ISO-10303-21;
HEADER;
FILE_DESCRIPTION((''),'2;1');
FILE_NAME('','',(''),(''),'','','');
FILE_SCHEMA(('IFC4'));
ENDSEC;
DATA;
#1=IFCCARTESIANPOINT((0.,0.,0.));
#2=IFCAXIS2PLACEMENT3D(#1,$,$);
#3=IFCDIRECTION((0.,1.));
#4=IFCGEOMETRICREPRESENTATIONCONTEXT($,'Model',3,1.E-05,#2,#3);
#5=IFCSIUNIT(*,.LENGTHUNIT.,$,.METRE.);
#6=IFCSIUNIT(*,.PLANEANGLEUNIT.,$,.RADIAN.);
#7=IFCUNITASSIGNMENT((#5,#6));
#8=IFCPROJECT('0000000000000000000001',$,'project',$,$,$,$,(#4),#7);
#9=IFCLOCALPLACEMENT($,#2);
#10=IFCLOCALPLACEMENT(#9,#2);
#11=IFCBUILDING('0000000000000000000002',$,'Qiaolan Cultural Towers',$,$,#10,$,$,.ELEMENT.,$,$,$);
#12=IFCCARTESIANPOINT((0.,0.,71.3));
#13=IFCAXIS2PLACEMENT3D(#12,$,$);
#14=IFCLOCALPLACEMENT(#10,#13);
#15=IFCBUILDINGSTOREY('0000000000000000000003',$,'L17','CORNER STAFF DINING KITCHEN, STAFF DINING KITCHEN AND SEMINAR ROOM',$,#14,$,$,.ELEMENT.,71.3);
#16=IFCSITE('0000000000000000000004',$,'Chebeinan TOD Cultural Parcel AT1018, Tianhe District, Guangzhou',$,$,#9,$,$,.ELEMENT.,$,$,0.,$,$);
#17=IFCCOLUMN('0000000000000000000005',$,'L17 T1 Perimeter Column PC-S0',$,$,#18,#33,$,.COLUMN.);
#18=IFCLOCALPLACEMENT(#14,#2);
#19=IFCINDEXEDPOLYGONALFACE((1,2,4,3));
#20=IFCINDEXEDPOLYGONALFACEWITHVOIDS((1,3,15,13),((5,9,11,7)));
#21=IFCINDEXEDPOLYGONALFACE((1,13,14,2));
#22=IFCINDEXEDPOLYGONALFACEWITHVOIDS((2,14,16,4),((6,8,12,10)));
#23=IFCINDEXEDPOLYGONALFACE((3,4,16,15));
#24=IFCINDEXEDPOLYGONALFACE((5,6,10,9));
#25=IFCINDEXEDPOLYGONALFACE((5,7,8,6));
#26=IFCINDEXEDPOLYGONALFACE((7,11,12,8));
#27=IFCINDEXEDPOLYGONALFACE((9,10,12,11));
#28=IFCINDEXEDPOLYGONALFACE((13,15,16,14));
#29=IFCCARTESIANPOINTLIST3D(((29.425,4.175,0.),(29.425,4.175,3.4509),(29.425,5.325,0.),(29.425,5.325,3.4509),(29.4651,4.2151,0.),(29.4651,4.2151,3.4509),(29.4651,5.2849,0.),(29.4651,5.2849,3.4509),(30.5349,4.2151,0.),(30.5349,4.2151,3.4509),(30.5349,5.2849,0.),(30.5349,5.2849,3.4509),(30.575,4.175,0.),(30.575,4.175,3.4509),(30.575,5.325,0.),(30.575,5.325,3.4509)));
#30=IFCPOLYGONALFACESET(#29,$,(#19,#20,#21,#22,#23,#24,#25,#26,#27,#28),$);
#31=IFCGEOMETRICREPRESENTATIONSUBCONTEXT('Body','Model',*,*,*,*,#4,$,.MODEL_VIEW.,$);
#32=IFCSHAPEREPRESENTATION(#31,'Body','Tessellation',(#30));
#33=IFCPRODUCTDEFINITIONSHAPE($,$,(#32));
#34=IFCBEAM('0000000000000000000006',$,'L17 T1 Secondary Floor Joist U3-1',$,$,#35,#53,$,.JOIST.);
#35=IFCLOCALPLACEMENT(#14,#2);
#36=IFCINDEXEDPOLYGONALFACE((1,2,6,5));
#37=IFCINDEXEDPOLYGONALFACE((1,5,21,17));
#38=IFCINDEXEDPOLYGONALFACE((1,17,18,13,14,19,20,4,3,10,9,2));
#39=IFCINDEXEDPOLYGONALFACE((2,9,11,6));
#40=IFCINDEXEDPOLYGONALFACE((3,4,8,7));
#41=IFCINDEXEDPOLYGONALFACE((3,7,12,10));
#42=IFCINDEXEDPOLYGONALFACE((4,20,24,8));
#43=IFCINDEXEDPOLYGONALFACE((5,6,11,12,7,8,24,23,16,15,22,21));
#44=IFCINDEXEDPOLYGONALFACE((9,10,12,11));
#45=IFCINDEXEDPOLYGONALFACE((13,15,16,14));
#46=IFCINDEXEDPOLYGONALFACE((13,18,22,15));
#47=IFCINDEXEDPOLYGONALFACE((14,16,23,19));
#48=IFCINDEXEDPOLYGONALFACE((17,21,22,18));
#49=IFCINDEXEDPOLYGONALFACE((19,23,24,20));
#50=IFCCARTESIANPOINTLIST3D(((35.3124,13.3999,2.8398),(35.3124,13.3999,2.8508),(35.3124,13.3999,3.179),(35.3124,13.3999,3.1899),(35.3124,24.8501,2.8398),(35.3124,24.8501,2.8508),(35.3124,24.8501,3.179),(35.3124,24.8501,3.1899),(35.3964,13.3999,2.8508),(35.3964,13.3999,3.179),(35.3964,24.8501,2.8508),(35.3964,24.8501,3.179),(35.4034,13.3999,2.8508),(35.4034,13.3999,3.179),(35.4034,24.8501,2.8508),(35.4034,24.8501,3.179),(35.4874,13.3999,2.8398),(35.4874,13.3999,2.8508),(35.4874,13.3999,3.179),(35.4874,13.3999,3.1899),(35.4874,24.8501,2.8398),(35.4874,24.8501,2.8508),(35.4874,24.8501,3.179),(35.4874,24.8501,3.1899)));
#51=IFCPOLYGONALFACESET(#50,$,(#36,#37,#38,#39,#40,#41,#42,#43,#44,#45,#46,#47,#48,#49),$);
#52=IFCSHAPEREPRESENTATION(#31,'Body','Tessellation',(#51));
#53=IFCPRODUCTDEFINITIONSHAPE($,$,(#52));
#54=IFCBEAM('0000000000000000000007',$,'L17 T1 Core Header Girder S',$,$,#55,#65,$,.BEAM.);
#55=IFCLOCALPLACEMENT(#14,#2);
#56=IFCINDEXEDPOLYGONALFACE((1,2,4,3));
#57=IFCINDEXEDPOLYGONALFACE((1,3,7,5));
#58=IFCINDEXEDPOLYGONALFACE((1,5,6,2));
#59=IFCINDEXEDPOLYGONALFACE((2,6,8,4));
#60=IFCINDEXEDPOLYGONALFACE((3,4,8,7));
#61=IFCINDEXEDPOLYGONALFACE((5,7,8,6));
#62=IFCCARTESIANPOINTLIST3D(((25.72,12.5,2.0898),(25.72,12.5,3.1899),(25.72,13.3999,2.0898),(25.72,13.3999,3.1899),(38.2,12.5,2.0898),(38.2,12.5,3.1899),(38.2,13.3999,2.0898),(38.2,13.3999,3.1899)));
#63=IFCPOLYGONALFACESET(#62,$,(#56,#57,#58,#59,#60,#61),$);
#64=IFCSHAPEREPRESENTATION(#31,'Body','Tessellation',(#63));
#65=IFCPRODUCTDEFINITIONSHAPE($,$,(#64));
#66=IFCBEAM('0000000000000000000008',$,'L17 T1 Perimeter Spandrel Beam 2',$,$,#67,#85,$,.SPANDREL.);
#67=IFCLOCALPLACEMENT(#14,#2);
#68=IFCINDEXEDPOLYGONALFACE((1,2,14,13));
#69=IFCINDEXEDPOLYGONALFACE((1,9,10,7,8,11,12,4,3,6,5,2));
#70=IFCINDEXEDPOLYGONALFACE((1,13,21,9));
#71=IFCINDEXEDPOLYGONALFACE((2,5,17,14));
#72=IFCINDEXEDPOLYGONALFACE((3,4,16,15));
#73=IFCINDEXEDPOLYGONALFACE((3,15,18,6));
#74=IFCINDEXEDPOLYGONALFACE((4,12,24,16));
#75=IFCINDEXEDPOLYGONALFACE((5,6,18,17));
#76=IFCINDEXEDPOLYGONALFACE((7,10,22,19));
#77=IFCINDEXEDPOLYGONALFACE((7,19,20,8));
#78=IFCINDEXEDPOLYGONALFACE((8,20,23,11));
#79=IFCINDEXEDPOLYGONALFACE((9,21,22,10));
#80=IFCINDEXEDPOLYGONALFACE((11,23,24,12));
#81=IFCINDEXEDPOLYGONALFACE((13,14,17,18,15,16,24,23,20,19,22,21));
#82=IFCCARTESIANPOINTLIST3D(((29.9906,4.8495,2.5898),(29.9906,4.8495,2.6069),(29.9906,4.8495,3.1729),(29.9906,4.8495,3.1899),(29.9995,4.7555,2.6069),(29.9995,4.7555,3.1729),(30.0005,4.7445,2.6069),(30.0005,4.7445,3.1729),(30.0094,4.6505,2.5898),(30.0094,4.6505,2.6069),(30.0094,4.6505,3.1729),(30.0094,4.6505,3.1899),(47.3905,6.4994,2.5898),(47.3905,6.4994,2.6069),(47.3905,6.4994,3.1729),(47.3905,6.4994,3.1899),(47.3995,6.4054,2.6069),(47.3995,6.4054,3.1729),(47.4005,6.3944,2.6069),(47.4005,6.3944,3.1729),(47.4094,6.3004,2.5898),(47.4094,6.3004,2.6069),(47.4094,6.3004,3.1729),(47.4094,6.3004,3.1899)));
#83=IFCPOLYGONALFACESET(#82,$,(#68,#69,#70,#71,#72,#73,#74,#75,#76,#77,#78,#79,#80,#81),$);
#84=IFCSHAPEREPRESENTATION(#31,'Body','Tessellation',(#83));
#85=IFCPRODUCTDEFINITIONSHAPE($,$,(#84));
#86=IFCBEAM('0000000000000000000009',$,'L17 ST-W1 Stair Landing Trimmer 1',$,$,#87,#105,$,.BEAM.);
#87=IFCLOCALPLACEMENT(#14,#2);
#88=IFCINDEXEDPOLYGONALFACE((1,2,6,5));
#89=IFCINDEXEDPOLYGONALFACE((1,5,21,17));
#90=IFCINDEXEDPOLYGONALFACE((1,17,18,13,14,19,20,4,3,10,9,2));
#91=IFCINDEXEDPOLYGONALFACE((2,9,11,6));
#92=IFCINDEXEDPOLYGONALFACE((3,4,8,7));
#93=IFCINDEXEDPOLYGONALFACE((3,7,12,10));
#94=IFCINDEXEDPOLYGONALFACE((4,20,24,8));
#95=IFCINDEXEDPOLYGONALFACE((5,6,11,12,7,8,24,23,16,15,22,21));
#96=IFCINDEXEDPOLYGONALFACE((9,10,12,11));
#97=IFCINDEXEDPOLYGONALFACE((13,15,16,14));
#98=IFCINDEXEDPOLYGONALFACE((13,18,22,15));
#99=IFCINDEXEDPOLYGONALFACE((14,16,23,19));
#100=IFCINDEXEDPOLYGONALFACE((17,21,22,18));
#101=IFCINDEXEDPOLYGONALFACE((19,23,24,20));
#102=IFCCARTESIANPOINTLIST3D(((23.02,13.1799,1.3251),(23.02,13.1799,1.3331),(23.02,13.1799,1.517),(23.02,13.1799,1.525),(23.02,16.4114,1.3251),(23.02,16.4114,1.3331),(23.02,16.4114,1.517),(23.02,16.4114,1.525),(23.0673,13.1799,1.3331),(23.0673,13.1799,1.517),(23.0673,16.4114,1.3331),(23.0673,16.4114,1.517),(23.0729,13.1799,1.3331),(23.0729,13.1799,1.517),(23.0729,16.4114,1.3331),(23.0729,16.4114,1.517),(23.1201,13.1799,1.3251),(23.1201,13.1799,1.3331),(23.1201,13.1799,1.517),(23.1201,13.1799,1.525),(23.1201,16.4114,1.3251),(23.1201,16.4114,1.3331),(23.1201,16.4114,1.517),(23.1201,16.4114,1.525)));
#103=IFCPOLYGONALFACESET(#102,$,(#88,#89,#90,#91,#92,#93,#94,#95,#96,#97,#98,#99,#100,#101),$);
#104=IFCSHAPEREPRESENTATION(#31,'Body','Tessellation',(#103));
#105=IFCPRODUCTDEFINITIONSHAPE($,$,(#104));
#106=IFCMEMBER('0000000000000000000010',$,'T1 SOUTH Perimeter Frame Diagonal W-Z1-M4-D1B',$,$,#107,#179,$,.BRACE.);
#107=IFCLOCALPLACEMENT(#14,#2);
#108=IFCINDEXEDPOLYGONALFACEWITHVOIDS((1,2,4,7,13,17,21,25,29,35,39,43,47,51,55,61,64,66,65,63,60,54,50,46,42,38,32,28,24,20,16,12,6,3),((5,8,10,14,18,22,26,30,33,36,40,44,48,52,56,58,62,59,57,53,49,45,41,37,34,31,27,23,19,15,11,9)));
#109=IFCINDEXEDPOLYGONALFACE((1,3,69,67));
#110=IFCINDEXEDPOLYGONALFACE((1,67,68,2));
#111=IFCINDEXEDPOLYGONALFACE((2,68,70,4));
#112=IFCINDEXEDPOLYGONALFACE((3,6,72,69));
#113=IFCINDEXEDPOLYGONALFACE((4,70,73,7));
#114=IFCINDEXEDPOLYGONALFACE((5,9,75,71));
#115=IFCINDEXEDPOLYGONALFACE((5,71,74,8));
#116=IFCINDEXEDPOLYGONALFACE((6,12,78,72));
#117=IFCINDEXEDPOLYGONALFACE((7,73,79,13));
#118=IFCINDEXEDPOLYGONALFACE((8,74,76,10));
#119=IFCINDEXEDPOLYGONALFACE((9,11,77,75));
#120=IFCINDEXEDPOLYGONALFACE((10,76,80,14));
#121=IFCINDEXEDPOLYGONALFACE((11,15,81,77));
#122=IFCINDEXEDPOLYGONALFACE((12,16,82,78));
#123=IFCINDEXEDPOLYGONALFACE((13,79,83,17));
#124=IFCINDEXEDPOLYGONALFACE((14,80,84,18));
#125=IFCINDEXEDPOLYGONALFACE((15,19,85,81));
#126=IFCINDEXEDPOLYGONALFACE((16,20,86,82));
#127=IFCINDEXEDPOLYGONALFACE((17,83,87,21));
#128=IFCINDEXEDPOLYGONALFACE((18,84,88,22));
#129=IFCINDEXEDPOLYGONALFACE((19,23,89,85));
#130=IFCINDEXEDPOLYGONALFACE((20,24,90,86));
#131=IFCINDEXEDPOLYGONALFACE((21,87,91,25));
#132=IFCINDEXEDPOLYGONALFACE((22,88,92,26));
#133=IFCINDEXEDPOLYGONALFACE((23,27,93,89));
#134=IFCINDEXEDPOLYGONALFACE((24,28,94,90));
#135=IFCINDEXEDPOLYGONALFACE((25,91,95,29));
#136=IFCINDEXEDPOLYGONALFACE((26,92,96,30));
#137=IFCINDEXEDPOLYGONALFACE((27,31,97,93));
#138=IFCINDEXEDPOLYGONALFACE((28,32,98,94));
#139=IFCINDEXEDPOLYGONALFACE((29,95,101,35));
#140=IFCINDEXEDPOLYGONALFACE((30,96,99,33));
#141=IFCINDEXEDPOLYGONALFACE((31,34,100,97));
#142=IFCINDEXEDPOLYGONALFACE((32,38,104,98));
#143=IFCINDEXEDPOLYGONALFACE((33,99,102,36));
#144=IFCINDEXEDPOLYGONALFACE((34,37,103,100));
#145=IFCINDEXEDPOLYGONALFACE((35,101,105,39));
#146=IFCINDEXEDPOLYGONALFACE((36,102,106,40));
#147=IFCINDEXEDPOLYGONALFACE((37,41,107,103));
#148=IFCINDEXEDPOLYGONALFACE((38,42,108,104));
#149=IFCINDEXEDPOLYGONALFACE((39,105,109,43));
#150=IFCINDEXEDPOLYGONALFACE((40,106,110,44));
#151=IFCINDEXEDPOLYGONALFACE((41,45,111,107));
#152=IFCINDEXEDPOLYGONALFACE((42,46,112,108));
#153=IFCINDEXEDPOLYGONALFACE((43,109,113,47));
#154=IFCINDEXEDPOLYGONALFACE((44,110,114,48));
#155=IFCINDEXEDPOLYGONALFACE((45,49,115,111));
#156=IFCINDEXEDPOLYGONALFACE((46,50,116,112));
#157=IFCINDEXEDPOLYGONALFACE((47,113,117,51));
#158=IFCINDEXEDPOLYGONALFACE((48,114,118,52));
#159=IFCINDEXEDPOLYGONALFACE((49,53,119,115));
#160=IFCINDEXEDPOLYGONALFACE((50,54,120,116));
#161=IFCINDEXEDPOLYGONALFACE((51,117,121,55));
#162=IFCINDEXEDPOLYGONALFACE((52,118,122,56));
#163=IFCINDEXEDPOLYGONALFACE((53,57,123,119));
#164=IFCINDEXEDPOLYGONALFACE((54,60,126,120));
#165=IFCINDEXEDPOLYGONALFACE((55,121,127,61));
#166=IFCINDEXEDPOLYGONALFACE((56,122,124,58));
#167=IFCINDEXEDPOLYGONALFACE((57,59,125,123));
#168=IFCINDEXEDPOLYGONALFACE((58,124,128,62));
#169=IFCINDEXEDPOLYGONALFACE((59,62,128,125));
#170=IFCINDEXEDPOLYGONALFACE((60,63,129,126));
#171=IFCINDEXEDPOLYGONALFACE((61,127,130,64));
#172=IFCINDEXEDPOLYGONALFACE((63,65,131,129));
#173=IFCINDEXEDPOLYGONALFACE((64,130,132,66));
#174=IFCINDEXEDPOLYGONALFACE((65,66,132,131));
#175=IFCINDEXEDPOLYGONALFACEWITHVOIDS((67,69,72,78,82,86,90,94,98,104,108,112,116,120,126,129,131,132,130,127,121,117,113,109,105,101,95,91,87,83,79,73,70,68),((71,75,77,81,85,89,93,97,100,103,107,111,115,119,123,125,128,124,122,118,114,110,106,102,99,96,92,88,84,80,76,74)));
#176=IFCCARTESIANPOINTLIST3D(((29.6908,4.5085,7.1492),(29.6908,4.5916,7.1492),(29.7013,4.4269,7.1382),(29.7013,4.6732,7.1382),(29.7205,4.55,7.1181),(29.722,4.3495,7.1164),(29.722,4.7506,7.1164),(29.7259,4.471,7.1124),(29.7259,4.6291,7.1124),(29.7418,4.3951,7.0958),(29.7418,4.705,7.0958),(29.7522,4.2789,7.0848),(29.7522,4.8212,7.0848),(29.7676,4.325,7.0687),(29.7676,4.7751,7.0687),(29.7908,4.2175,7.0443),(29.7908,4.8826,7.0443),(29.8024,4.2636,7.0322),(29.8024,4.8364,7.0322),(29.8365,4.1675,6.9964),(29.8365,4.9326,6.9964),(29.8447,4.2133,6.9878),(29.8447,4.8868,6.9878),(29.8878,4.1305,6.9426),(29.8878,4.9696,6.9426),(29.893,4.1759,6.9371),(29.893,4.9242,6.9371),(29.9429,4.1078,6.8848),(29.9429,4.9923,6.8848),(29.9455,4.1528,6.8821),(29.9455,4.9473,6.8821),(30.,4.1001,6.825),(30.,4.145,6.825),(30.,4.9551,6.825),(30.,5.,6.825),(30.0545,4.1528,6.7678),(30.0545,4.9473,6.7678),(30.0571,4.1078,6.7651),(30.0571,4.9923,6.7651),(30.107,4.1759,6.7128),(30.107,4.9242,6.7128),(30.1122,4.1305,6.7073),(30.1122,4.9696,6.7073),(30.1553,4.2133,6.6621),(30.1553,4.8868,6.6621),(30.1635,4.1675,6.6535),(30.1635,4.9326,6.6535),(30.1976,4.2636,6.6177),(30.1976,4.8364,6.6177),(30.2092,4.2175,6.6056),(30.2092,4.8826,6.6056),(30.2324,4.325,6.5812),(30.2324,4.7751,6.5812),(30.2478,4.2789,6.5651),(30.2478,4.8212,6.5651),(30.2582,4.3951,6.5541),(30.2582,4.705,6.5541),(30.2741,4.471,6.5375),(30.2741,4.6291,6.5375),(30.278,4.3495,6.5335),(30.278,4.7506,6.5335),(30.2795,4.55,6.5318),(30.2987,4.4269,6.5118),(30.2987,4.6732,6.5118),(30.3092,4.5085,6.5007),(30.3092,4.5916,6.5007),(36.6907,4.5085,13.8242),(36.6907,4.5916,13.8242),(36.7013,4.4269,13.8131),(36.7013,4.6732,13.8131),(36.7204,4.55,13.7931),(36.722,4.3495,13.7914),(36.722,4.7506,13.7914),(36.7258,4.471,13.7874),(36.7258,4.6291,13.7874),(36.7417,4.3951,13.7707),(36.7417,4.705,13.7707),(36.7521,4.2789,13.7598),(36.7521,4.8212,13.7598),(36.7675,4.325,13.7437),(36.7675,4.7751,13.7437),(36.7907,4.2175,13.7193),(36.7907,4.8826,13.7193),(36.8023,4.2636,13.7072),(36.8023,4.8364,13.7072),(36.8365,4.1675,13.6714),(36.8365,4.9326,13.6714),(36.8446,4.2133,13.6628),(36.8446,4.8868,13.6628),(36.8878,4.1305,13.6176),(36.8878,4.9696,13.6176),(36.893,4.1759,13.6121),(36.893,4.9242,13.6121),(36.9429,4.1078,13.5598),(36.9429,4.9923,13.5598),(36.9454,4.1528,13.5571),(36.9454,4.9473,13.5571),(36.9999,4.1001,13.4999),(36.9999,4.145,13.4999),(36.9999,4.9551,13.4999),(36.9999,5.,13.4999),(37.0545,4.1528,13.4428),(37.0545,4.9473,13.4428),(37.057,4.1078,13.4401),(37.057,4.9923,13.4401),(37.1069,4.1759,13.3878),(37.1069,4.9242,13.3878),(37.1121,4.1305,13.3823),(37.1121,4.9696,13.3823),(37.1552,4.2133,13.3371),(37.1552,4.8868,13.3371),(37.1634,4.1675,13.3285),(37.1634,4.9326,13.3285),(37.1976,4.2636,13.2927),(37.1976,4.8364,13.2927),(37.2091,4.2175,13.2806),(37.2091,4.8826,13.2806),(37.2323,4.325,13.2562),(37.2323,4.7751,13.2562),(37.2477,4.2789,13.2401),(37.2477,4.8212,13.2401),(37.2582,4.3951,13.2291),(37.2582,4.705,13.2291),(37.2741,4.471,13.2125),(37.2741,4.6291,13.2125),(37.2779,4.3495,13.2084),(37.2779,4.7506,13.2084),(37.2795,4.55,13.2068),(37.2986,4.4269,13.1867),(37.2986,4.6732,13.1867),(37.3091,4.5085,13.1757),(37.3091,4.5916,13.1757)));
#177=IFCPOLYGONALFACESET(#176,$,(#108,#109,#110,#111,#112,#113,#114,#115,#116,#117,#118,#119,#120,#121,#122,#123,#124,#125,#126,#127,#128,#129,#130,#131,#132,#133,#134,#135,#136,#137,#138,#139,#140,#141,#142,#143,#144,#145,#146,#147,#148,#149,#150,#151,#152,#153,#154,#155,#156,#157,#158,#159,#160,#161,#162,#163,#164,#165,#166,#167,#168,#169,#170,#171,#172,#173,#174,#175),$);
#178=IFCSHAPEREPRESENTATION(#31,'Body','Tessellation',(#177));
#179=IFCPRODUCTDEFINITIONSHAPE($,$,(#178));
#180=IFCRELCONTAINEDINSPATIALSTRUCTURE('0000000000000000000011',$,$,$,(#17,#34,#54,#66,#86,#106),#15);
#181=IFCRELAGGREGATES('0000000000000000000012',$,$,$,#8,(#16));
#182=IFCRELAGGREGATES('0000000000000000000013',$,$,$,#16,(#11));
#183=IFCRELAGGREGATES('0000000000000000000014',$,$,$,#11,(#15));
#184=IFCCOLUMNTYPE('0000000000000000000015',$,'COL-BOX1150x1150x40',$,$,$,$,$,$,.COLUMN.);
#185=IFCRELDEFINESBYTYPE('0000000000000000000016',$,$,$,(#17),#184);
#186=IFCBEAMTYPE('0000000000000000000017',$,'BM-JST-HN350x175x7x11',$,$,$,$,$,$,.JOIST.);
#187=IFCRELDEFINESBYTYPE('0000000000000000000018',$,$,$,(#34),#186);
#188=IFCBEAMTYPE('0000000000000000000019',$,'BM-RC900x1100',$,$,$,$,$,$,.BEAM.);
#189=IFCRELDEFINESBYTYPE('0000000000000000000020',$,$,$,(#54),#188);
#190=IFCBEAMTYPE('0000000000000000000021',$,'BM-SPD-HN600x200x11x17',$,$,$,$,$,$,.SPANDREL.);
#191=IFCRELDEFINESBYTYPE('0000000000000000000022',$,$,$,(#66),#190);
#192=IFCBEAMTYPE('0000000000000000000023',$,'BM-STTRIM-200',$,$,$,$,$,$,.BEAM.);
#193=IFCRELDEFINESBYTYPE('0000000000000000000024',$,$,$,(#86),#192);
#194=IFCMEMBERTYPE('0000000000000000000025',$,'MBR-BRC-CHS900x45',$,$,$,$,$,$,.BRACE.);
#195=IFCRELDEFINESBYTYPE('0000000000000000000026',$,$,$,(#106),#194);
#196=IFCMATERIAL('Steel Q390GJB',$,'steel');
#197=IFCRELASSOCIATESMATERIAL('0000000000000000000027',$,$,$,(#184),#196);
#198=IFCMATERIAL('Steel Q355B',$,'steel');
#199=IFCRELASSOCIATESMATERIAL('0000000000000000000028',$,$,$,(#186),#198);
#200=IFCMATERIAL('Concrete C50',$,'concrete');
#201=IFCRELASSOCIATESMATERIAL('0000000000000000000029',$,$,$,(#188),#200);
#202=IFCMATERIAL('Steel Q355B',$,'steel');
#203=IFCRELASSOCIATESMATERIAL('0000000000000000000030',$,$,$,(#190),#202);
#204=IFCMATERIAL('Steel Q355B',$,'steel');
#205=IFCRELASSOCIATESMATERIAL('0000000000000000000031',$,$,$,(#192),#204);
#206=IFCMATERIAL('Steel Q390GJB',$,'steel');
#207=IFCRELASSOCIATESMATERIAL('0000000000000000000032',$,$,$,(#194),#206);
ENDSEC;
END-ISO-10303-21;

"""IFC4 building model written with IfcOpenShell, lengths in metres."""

from ifc_helpers import new_model, si_unit, direction, frame, origin, origin_2d, place, context, subcontext, project, spatial, rectangle, hollow_rectangle, hollow_circle, i_section, extrude, material, material_profile, profile_set, type_object, element, save


model = new_model("IFC4")

# Units and contexts
model_context = context("Model", 3, precision=1e-05, world=origin(), true_north=direction((0.0, 1.0)))
body_context = subcontext(model_context, "Body", "Model", "MODEL_VIEW")
ifc_project = project(units=[si_unit("LENGTHUNIT", "METRE"), si_unit("PLANEANGLEUNIT", "RADIAN")], contexts=[model_context])

# Site, building, storey
site_placement = place(None, origin())
site = spatial("IfcSite", under=ifc_project, at=site_placement, Name="Chebeinan TOD Cultural Parcel AT1018, Tianhe District, Guangzhou", CompositionType="ELEMENT", RefElevation=0.0)
building_placement = place(site_placement, origin())
building = spatial("IfcBuilding", under=site, at=building_placement, Name="Qiaolan Cultural Towers", CompositionType="ELEMENT")
storey_placement = place(building_placement, frame((0.0, 0.0, 71.3)))
storey = spatial("IfcBuildingStorey", under=building, at=storey_placement, Name="L17", Description="CORNER STAFF DINING KITCHEN, STAFF DINING KITCHEN AND SEMINAR ROOM", CompositionType="ELEMENT", Elevation=71.3)

# Column
ifc_material_1 = material(Name="Steel Q390GJB", Category="steel")
ifc_material_profile_1 = material_profile(ifc_material_1, hollow_rectangle(XDim=1.1499, YDim=1.1499, WallThickness=0.04, at=origin_2d()), Name="BOX1150x1150x40")
ifc_profile_set_1 = profile_set([ifc_material_profile_1], Name="Steel Q390GJB")
column_type = type_object("IfcColumnType", Name="COL-BOX1150x1150x40", PredefinedType="COLUMN", material=ifc_profile_set_1)
column_placement = place(storey_placement, frame((30.0, 4.75, 0.0), z_axis=(0.0, 0.0, 1.0), x_axis=(1.0, 0.0, 0.0)))
element("IfcColumn", 1, at=column_placement, inside=storey, type_object=column_type, Name="L17 T1 Perimeter Column PC-S0", PredefinedType="COLUMN", context=body_context, shape_type="SweptSolid", body=[
    extrude(hollow_rectangle(XDim=1.1499, YDim=1.1499, WallThickness=0.04, at=origin_2d()), origin(), (0.0, 0.0, 1.0), 3.4509),
])

# Beams
ifc_material_2 = material(Name="Steel Q355B", Category="steel")
ifc_material_profile_2 = material_profile(ifc_material_2, i_section(OverallWidth=0.175, OverallDepth=0.3501, WebThickness=0.0071, FlangeThickness=0.011, at=origin_2d()), Name="HN350x175x7x11")
ifc_profile_set_2 = profile_set([ifc_material_profile_2], Name="Steel Q355B")
beam_type_1 = type_object("IfcBeamType", Name="BM-JST-HN350x175x7x11", PredefinedType="JOIST", material=ifc_profile_set_2)
beam_1_placement = place(storey_placement, frame((35.3999, 13.3999, 3.0149), z_axis=(0.0, 1.0, 0.0), x_axis=(-1.0, 0.0, 0.0)))
element("IfcBeam", 2, at=beam_1_placement, inside=storey, type_object=beam_type_1, Name="L17 T1 Secondary Floor Joist U3-1", PredefinedType="JOIST", context=body_context, shape_type="SweptSolid", body=[
    extrude(i_section(OverallWidth=0.175, OverallDepth=0.3501, WebThickness=0.0071, FlangeThickness=0.011, at=origin_2d()), origin(), (0.0, 0.0, 1.0), 11.4502),
])
ifc_material_3 = material(Name="Concrete C50", Category="concrete")
ifc_material_profile_3 = material_profile(ifc_material_3, rectangle(XDim=0.8999, YDim=1.1001, at=origin_2d()), Name="RC900x1100")
ifc_profile_set_3 = profile_set([ifc_material_profile_3], Name="Concrete C50")
beam_type_2 = type_object("IfcBeamType", Name="BM-RC900x1100", PredefinedType="BEAM", material=ifc_profile_set_3)
beam_2_placement = place(storey_placement, frame((25.72, 12.95, 2.6399), z_axis=(1.0, 0.0, 0.0), x_axis=(0.0, 1.0, 0.0)))
element("IfcBeam", 3, at=beam_2_placement, inside=storey, type_object=beam_type_2, Name="L17 T1 Core Header Girder S", PredefinedType="BEAM", context=body_context, shape_type="SweptSolid", body=[
    extrude(rectangle(XDim=0.8999, YDim=1.1001, at=origin_2d()), origin(), (0.0, 0.0, 1.0), 12.48),
])
ifc_material_4 = material(Name="Steel Q355B", Category="steel")
ifc_material_profile_4 = material_profile(ifc_material_4, i_section(OverallWidth=0.2, OverallDepth=0.6001, WebThickness=0.011, FlangeThickness=0.0171, at=origin_2d()), Name="HN600x200x11x17")
ifc_profile_set_4 = profile_set([ifc_material_profile_4], Name="Steel Q355B")
beam_type_3 = type_object("IfcBeamType", Name="BM-SPD-HN600x200x11x17", PredefinedType="SPANDREL", material=ifc_profile_set_4)
beam_3_placement = place(storey_placement, frame((30.0, 4.75, 2.8899), z_axis=(0.995534, 0.094399, 0.0), x_axis=(-0.094399, 0.995534, 0.0)))
element("IfcBeam", 4, at=beam_3_placement, inside=storey, type_object=beam_type_3, Name="L17 T1 Perimeter Spandrel Beam 2", PredefinedType="SPANDREL", context=body_context, shape_type="SweptSolid", body=[
    extrude(i_section(OverallWidth=0.2, OverallDepth=0.6001, WebThickness=0.011, FlangeThickness=0.0171, at=origin_2d()), origin(), (0.0, 0.0, 1.0), 17.478),
])
ifc_material_5 = material(Name="Steel Q355B", Category="steel")
ifc_material_profile_5 = material_profile(ifc_material_5, i_section(OverallWidth=0.1001, OverallDepth=0.2, WebThickness=0.0056, FlangeThickness=0.0081, at=origin_2d()), Name="HN200x100x5.5x8")
ifc_profile_set_5 = profile_set([ifc_material_profile_5], Name="Steel Q355B")
beam_type_4 = type_object("IfcBeamType", Name="BM-STTRIM-200", PredefinedType="BEAM", material=ifc_profile_set_5)
beam_4_placement = place(storey_placement, frame((23.0701, 16.4114, 1.425), z_axis=(0.0, -1.0, 0.0), x_axis=(1.0, 0.0, 0.0)))
element("IfcBeam", 5, at=beam_4_placement, inside=storey, type_object=beam_type_4, Name="L17 ST-W1 Stair Landing Trimmer 1", PredefinedType="BEAM", context=body_context, shape_type="SweptSolid", body=[
    extrude(i_section(OverallWidth=0.1001, OverallDepth=0.2, WebThickness=0.0056, FlangeThickness=0.0081, at=origin_2d()), origin(), (0.0, 0.0, 1.0), 3.2314),
])

# Member
ifc_material_6 = material(Name="Steel Q390GJB", Category="steel")
ifc_material_profile_6 = material_profile(ifc_material_6, hollow_circle(Radius=0.45, WallThickness=0.0449, at=origin_2d()), Name="CHS900x45")
ifc_profile_set_6 = profile_set([ifc_material_profile_6], Name="Steel Q390GJB")
member_type = type_object("IfcMemberType", Name="MBR-BRC-CHS900x45", PredefinedType="BRACE", material=ifc_profile_set_6)
for number, where, z_axis, x_axis, name in (
    (6, (30.0, 4.55, 6.825), (0.723705, 0.0, 0.690109), (0.0, 1.0, 0.0), "T1 SOUTH Perimeter Frame Diagonal W-Z1-M4-D1B"),
):
    element("IfcMember", number, at=place(storey_placement, frame(where, z_axis=z_axis, x_axis=x_axis)), inside=storey, type_object=member_type, Name=name, PredefinedType="BRACE", context=body_context, shape_type="SweptSolid", body=[
        extrude(hollow_circle(Radius=0.45, WallThickness=0.0449, at=origin_2d()), origin(), (0.0, 0.0, 1.0), 9.6724),
    ])

save(model, "model.ifc")
